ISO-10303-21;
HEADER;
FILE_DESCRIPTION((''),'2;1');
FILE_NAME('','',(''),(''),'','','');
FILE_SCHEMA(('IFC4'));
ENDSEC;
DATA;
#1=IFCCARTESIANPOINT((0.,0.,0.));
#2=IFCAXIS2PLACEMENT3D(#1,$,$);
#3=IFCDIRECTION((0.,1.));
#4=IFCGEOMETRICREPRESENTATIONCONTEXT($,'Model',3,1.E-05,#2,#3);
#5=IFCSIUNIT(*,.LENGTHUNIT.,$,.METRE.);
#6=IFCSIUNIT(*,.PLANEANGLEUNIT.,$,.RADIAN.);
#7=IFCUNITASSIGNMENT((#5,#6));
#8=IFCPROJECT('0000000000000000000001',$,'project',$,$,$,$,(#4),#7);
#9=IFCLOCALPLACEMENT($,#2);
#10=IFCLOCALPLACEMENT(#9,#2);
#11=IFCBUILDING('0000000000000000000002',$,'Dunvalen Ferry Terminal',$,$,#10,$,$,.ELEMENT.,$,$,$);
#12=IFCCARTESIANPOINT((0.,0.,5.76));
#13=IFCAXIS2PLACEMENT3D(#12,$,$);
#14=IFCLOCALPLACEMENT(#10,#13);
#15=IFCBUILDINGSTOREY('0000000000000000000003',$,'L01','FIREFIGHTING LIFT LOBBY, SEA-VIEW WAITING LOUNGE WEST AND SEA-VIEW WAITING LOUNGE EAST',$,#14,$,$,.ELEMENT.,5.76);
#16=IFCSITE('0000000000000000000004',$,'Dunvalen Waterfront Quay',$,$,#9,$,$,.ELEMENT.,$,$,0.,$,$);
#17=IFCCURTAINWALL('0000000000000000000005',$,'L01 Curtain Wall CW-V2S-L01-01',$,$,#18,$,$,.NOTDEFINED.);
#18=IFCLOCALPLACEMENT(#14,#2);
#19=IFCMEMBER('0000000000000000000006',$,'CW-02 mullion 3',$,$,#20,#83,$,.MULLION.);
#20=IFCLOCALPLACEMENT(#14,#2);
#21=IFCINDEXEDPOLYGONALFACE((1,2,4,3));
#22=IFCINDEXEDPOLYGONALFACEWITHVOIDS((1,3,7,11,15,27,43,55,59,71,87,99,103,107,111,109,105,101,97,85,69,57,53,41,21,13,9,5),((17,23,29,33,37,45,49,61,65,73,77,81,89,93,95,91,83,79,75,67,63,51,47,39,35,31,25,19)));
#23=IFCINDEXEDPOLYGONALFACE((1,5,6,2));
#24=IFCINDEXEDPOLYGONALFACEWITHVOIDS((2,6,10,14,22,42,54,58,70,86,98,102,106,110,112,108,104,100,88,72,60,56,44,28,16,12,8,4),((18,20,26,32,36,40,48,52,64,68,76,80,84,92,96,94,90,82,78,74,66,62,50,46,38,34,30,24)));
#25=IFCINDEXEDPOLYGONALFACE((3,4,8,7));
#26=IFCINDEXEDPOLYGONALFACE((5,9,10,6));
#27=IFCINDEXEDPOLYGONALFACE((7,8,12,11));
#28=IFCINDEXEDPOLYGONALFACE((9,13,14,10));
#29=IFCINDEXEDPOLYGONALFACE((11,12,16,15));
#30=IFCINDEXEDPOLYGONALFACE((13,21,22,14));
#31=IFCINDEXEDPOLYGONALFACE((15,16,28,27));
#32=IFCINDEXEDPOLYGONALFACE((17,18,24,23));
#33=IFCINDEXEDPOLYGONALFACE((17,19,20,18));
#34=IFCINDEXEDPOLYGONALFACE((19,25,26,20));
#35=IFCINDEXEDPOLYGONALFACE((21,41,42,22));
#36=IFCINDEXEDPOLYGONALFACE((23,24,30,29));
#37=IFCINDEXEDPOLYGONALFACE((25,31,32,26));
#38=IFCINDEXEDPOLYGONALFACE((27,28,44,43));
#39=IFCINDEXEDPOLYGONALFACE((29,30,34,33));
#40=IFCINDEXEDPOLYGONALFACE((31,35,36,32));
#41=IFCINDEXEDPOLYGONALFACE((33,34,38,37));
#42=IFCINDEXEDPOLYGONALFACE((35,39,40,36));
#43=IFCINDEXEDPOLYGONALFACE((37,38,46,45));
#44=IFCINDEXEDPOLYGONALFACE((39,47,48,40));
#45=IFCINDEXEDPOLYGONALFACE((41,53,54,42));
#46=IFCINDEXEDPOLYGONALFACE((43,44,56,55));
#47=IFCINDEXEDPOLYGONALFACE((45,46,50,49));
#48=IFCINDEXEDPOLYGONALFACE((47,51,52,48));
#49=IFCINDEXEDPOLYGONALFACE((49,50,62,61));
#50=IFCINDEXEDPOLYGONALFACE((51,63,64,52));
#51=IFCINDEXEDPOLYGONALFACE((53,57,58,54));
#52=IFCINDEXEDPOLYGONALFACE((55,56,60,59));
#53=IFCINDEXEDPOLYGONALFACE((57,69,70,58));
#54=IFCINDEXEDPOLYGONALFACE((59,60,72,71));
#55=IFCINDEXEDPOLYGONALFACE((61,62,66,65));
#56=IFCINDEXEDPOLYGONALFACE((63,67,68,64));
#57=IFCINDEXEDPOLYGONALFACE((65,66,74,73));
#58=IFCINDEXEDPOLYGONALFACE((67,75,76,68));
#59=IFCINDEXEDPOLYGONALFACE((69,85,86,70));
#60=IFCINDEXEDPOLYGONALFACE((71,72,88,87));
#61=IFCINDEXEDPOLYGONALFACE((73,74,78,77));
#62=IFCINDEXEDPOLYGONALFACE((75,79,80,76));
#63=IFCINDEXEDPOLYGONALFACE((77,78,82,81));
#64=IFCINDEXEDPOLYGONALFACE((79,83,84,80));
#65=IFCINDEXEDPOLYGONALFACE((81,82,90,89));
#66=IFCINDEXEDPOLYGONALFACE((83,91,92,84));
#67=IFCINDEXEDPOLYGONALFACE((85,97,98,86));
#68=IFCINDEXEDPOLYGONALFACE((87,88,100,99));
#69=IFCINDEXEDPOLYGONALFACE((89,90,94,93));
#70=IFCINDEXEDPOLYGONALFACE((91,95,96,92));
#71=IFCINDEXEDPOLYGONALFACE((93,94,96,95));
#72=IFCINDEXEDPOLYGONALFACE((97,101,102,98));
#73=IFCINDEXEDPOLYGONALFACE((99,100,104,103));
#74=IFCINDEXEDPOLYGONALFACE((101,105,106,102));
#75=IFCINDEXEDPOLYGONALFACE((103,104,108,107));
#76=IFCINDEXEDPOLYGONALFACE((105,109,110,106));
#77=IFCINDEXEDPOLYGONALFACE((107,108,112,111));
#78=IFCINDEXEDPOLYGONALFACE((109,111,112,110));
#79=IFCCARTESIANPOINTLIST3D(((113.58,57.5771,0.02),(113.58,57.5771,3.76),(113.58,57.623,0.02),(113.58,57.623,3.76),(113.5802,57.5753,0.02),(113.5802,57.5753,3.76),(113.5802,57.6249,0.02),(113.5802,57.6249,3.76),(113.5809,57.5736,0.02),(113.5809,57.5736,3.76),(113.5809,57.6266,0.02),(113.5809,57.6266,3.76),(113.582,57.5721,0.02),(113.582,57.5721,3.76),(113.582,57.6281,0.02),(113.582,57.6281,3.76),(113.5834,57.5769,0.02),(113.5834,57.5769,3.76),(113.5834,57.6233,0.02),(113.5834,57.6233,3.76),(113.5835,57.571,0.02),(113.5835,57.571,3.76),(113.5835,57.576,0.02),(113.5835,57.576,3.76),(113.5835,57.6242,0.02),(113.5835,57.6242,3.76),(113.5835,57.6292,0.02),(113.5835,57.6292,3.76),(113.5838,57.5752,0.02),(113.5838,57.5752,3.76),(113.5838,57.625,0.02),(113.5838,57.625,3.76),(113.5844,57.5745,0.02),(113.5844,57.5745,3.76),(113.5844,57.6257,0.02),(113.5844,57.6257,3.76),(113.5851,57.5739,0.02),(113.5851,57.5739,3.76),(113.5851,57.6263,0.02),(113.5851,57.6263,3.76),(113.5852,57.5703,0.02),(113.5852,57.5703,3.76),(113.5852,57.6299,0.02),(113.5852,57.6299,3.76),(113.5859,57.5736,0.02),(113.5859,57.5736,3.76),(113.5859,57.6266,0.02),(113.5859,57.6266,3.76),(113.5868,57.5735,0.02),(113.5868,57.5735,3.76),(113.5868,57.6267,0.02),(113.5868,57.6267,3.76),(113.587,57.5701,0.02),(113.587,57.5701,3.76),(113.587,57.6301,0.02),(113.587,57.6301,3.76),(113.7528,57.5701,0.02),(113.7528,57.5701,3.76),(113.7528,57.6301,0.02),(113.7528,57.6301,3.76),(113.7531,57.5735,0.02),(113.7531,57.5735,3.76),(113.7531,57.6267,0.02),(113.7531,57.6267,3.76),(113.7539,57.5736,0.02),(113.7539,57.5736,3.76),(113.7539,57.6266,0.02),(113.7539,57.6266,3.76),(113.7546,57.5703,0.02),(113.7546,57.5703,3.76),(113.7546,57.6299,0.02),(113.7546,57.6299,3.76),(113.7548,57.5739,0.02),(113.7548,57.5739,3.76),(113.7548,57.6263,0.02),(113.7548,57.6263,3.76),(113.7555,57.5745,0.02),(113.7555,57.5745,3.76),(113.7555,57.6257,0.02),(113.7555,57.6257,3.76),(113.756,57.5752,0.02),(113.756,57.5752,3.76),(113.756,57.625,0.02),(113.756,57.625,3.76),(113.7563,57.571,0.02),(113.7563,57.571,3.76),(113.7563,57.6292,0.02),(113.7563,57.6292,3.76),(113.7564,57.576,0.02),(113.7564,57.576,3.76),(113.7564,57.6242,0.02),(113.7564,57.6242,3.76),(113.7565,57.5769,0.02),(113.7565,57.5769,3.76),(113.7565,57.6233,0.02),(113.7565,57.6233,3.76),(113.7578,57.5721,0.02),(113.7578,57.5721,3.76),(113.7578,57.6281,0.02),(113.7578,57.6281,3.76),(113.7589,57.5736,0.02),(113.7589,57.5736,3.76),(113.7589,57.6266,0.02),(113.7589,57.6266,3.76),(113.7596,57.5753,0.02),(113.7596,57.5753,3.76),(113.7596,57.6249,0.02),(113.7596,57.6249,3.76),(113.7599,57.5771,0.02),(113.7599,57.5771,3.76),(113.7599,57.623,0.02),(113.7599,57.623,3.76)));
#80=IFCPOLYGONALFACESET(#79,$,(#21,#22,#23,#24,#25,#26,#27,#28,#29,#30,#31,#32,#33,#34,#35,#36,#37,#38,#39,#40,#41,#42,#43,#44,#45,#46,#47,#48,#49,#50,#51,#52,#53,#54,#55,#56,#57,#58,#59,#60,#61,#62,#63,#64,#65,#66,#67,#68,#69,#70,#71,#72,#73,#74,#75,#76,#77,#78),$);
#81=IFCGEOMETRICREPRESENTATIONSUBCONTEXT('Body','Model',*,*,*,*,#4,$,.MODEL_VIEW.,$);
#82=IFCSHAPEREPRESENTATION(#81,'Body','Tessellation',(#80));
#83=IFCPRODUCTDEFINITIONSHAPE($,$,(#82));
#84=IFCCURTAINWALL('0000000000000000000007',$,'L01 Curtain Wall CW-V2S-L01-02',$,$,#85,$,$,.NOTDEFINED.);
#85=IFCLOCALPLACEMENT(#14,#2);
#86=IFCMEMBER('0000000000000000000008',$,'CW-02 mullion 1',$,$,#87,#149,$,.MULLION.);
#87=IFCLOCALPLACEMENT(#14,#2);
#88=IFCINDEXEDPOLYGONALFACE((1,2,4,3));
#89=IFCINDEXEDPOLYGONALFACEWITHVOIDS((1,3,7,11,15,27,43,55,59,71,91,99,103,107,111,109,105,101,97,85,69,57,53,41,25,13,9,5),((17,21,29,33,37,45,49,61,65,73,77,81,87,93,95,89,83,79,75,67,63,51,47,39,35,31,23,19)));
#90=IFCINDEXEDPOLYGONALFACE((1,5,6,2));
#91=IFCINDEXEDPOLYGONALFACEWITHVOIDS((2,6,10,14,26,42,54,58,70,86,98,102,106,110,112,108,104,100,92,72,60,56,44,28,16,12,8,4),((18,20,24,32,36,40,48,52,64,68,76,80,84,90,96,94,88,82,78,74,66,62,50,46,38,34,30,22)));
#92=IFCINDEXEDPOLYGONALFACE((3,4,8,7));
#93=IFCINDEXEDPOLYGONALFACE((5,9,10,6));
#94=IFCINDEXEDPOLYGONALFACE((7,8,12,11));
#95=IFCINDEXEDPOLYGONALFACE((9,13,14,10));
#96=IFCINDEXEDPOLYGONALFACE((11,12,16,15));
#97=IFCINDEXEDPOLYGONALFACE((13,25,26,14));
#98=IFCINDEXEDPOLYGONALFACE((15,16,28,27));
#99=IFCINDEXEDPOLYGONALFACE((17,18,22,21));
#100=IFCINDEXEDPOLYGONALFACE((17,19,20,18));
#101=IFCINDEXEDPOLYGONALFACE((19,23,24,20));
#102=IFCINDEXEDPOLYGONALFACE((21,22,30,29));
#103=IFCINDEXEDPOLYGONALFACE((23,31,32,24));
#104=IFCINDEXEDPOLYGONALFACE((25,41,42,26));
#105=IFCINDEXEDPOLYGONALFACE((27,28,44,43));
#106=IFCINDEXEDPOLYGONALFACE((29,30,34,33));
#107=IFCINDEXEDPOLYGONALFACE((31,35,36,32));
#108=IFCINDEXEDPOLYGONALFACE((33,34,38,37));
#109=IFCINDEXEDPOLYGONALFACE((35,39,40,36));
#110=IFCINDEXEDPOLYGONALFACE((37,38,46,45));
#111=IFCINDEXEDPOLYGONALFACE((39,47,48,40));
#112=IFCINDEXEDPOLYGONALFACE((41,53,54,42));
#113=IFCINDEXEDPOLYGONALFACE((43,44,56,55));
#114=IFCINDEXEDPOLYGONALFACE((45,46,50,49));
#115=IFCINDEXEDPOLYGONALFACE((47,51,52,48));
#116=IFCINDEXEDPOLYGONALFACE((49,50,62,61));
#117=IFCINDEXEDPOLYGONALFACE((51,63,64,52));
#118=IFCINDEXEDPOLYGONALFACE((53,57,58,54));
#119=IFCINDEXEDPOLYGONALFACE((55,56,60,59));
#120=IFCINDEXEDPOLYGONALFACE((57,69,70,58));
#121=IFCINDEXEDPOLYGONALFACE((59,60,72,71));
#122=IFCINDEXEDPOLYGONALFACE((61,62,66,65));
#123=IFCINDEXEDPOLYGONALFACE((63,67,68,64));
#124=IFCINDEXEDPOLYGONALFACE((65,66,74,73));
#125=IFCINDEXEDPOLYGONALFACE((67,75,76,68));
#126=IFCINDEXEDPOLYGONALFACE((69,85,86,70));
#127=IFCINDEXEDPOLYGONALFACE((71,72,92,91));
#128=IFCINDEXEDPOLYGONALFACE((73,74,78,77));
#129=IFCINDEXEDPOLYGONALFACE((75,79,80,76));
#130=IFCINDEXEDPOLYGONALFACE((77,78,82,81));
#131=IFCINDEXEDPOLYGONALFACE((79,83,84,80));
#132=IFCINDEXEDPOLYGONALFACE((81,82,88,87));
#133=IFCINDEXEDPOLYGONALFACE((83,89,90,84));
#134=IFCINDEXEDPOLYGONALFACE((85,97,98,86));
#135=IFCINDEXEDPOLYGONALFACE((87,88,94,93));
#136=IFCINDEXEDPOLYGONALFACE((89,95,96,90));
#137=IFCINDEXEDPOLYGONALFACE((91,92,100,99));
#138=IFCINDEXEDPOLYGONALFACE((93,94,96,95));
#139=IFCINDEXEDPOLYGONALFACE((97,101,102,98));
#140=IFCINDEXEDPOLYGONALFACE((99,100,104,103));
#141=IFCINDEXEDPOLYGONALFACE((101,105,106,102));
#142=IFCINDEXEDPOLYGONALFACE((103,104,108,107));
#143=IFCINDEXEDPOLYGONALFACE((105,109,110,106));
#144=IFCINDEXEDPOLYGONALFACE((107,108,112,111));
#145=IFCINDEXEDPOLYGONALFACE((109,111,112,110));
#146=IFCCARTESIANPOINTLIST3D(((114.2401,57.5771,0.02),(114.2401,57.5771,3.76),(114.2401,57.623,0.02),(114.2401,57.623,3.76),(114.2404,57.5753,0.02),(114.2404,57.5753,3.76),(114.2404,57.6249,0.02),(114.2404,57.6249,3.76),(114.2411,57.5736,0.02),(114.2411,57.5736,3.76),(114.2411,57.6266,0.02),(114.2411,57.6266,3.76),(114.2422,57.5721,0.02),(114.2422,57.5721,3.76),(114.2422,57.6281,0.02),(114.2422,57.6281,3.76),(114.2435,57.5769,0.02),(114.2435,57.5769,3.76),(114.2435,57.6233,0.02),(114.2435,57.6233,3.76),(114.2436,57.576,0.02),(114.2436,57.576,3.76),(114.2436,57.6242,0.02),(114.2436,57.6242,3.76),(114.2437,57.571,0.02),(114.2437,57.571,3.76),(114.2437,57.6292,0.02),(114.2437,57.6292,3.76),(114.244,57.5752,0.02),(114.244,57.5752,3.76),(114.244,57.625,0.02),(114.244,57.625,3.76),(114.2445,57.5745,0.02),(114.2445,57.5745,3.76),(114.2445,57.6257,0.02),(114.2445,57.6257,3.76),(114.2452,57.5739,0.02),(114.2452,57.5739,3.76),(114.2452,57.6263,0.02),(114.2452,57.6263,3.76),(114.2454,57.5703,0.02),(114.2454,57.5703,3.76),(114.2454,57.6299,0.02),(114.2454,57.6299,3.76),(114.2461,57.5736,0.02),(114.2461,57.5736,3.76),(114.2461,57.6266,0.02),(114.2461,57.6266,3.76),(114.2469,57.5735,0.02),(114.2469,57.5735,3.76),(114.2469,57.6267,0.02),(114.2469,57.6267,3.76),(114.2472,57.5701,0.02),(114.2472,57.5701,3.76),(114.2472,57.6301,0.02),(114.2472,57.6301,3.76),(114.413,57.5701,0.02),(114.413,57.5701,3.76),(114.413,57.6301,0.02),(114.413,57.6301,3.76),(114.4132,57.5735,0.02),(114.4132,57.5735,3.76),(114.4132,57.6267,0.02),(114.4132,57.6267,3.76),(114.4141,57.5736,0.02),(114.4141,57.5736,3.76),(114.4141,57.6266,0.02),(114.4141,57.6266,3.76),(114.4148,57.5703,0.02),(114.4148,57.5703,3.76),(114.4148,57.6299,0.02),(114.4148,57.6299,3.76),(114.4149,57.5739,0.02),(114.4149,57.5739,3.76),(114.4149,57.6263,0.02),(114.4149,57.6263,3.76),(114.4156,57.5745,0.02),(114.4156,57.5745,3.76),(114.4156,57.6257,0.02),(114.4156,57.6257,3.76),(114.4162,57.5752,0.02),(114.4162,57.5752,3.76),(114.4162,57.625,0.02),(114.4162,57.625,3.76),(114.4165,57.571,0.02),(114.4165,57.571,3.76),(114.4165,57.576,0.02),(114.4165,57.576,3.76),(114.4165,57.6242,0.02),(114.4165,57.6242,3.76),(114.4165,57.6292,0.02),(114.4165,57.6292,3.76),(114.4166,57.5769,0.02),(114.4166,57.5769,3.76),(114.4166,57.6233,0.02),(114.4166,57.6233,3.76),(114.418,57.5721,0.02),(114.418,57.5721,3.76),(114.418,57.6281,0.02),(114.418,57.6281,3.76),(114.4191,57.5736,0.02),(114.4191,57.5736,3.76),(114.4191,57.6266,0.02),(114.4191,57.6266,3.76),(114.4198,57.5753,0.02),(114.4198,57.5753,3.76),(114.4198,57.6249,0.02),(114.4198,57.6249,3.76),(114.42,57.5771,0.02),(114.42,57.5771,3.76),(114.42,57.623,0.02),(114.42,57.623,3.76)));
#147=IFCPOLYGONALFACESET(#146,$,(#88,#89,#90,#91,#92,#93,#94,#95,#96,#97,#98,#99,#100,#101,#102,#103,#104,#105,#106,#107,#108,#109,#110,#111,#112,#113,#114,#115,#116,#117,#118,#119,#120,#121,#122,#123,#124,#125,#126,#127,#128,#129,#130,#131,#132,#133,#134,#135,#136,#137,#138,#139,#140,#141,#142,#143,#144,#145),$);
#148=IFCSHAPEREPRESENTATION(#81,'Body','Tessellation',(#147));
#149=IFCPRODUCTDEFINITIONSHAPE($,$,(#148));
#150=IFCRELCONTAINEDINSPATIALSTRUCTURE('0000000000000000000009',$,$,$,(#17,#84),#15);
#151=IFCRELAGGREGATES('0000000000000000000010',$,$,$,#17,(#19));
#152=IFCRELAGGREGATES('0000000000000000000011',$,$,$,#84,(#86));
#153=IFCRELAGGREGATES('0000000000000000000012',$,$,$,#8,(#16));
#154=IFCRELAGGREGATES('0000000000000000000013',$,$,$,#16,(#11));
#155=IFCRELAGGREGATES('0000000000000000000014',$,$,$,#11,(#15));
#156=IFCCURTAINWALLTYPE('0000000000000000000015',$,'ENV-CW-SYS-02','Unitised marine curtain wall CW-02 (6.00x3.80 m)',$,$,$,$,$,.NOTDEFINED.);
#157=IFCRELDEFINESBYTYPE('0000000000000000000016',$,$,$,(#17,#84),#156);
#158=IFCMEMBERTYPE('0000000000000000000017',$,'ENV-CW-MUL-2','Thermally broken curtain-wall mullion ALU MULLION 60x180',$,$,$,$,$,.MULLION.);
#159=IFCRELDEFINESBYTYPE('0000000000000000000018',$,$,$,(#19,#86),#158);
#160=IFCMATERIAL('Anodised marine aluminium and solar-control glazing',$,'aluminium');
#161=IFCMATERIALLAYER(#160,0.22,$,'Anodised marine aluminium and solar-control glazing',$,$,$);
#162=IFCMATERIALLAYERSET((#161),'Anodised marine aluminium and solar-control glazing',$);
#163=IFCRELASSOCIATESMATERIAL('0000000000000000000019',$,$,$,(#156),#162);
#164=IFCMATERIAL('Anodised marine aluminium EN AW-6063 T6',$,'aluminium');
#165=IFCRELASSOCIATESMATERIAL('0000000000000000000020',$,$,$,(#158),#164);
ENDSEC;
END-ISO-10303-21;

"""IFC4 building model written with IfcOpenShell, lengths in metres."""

from ifc_helpers import new_model, si_unit, direction, frame, origin, origin_2d, place, context, subcontext, project, spatial, hollow_rectangle, extrude, material, layer, layer_set, material_profile, profile_set, type_object, element, aggregate, save


model = new_model("IFC4")

# Units and contexts
model_context = context("Model", 3, precision=1e-05, world=origin(), true_north=direction((0.0, 1.0)))
body_context = subcontext(model_context, "Body", "Model", "MODEL_VIEW")
ifc_project = project(units=[si_unit("LENGTHUNIT", "METRE"), si_unit("PLANEANGLEUNIT", "RADIAN")], contexts=[model_context])

# Site, building, storey
site_placement = place(None, origin())
site = spatial("IfcSite", under=ifc_project, at=site_placement, Name="Dunvalen Waterfront Quay", CompositionType="ELEMENT", RefElevation=0.0)
building_placement = place(site_placement, origin())
building = spatial("IfcBuilding", under=site, at=building_placement, Name="Dunvalen Ferry Terminal", CompositionType="ELEMENT")
storey_placement = place(building_placement, frame((0.0, 0.0, 5.76)))
storey = spatial("IfcBuildingStorey", under=building, at=storey_placement, Name="L01", Description="FIREFIGHTING LIFT LOBBY, SEA-VIEW WAITING LOUNGE WEST AND SEA-VIEW WAITING LOUNGE EAST", CompositionType="ELEMENT", Elevation=5.76)

# Curtain walls, members
ifc_material_1 = material(Name="Anodised marine aluminium and solar-control glazing", Category="aluminium")
ifc_layer_1 = layer(ifc_material_1, 0.22, Name="Anodised marine aluminium and solar-control glazing")
ifc_layer_set_1 = layer_set([ifc_layer_1], Name="Anodised marine aluminium and solar-control glazing")
curtain_wall_type_1 = type_object("IfcCurtainWallType", Name="ENV-CW-SYS-02", Description="Unitised marine curtain wall CW-02 (6.00x3.80 m)", PredefinedType="NOTDEFINED", material=ifc_layer_set_1)
curtain_wall_1_placement = place(storey_placement, origin())
curtain_wall_1 = element("IfcCurtainWall", 1, at=curtain_wall_1_placement, inside=storey, type_object=curtain_wall_type_1, Name="L01 Curtain Wall CW-V2S-L01-01", PredefinedType="NOTDEFINED")
ifc_material_2 = material(Name="Anodised marine aluminium EN AW-6063 T6", Category="aluminium")
ifc_material_profile_1 = material_profile(ifc_material_2, hollow_rectangle(XDim=0.0601, YDim=0.1799, WallThickness=0.0034, InnerFilletRadius=0.0034, OuterFilletRadius=0.0071, at=origin_2d()), Name="Anodised marine aluminium EN AW-6063 T6")
ifc_profile_set_1 = profile_set([ifc_material_profile_1], Name="Anodised marine aluminium EN AW-6063 T6")
member_type_1 = type_object("IfcMemberType", Name="ENV-CW-MUL-2", Description="Thermally broken curtain-wall mullion ALU MULLION 60x180", PredefinedType="MULLION", material=ifc_profile_set_1)
member_1_placement = place(storey_placement, frame((113.6699, 57.6001, 0.02), z_axis=(0.0, 0.0, 1.0), x_axis=(0.0, 1.0, 0.0)))
member_1 = element("IfcMember", 2, at=member_1_placement, type_object=member_type_1, Name="CW-02 mullion 3", PredefinedType="MULLION", context=body_context, shape_type="SweptSolid", body=[
    extrude(hollow_rectangle(XDim=0.0601, YDim=0.1799, WallThickness=0.0034, InnerFilletRadius=0.0034, OuterFilletRadius=0.0071, at=origin_2d()), origin(), (0.0, 0.0, 1.0), 3.74),
])
curtain_wall_2_placement = place(storey_placement, origin())
curtain_wall_2 = element("IfcCurtainWall", 3, at=curtain_wall_2_placement, inside=storey, type_object=curtain_wall_type_1, Name="L01 Curtain Wall CW-V2S-L01-02", PredefinedType="NOTDEFINED")
member_2_placement = place(storey_placement, frame((114.3301, 57.6001, 0.02), z_axis=(0.0, 0.0, 1.0), x_axis=(0.0, 1.0, 0.0)))
member_2 = element("IfcMember", 4, at=member_2_placement, type_object=member_type_1, Name="CW-02 mullion 1", PredefinedType="MULLION", context=body_context, shape_type="SweptSolid", body=[
    extrude(hollow_rectangle(XDim=0.0601, YDim=0.1799, WallThickness=0.0034, InnerFilletRadius=0.0034, OuterFilletRadius=0.0071, at=origin_2d()), origin(), (0.0, 0.0, 1.0), 3.74),
])

aggregate(curtain_wall_1, [member_1])
aggregate(curtain_wall_2, [member_2])

save(model, "model.ifc")
